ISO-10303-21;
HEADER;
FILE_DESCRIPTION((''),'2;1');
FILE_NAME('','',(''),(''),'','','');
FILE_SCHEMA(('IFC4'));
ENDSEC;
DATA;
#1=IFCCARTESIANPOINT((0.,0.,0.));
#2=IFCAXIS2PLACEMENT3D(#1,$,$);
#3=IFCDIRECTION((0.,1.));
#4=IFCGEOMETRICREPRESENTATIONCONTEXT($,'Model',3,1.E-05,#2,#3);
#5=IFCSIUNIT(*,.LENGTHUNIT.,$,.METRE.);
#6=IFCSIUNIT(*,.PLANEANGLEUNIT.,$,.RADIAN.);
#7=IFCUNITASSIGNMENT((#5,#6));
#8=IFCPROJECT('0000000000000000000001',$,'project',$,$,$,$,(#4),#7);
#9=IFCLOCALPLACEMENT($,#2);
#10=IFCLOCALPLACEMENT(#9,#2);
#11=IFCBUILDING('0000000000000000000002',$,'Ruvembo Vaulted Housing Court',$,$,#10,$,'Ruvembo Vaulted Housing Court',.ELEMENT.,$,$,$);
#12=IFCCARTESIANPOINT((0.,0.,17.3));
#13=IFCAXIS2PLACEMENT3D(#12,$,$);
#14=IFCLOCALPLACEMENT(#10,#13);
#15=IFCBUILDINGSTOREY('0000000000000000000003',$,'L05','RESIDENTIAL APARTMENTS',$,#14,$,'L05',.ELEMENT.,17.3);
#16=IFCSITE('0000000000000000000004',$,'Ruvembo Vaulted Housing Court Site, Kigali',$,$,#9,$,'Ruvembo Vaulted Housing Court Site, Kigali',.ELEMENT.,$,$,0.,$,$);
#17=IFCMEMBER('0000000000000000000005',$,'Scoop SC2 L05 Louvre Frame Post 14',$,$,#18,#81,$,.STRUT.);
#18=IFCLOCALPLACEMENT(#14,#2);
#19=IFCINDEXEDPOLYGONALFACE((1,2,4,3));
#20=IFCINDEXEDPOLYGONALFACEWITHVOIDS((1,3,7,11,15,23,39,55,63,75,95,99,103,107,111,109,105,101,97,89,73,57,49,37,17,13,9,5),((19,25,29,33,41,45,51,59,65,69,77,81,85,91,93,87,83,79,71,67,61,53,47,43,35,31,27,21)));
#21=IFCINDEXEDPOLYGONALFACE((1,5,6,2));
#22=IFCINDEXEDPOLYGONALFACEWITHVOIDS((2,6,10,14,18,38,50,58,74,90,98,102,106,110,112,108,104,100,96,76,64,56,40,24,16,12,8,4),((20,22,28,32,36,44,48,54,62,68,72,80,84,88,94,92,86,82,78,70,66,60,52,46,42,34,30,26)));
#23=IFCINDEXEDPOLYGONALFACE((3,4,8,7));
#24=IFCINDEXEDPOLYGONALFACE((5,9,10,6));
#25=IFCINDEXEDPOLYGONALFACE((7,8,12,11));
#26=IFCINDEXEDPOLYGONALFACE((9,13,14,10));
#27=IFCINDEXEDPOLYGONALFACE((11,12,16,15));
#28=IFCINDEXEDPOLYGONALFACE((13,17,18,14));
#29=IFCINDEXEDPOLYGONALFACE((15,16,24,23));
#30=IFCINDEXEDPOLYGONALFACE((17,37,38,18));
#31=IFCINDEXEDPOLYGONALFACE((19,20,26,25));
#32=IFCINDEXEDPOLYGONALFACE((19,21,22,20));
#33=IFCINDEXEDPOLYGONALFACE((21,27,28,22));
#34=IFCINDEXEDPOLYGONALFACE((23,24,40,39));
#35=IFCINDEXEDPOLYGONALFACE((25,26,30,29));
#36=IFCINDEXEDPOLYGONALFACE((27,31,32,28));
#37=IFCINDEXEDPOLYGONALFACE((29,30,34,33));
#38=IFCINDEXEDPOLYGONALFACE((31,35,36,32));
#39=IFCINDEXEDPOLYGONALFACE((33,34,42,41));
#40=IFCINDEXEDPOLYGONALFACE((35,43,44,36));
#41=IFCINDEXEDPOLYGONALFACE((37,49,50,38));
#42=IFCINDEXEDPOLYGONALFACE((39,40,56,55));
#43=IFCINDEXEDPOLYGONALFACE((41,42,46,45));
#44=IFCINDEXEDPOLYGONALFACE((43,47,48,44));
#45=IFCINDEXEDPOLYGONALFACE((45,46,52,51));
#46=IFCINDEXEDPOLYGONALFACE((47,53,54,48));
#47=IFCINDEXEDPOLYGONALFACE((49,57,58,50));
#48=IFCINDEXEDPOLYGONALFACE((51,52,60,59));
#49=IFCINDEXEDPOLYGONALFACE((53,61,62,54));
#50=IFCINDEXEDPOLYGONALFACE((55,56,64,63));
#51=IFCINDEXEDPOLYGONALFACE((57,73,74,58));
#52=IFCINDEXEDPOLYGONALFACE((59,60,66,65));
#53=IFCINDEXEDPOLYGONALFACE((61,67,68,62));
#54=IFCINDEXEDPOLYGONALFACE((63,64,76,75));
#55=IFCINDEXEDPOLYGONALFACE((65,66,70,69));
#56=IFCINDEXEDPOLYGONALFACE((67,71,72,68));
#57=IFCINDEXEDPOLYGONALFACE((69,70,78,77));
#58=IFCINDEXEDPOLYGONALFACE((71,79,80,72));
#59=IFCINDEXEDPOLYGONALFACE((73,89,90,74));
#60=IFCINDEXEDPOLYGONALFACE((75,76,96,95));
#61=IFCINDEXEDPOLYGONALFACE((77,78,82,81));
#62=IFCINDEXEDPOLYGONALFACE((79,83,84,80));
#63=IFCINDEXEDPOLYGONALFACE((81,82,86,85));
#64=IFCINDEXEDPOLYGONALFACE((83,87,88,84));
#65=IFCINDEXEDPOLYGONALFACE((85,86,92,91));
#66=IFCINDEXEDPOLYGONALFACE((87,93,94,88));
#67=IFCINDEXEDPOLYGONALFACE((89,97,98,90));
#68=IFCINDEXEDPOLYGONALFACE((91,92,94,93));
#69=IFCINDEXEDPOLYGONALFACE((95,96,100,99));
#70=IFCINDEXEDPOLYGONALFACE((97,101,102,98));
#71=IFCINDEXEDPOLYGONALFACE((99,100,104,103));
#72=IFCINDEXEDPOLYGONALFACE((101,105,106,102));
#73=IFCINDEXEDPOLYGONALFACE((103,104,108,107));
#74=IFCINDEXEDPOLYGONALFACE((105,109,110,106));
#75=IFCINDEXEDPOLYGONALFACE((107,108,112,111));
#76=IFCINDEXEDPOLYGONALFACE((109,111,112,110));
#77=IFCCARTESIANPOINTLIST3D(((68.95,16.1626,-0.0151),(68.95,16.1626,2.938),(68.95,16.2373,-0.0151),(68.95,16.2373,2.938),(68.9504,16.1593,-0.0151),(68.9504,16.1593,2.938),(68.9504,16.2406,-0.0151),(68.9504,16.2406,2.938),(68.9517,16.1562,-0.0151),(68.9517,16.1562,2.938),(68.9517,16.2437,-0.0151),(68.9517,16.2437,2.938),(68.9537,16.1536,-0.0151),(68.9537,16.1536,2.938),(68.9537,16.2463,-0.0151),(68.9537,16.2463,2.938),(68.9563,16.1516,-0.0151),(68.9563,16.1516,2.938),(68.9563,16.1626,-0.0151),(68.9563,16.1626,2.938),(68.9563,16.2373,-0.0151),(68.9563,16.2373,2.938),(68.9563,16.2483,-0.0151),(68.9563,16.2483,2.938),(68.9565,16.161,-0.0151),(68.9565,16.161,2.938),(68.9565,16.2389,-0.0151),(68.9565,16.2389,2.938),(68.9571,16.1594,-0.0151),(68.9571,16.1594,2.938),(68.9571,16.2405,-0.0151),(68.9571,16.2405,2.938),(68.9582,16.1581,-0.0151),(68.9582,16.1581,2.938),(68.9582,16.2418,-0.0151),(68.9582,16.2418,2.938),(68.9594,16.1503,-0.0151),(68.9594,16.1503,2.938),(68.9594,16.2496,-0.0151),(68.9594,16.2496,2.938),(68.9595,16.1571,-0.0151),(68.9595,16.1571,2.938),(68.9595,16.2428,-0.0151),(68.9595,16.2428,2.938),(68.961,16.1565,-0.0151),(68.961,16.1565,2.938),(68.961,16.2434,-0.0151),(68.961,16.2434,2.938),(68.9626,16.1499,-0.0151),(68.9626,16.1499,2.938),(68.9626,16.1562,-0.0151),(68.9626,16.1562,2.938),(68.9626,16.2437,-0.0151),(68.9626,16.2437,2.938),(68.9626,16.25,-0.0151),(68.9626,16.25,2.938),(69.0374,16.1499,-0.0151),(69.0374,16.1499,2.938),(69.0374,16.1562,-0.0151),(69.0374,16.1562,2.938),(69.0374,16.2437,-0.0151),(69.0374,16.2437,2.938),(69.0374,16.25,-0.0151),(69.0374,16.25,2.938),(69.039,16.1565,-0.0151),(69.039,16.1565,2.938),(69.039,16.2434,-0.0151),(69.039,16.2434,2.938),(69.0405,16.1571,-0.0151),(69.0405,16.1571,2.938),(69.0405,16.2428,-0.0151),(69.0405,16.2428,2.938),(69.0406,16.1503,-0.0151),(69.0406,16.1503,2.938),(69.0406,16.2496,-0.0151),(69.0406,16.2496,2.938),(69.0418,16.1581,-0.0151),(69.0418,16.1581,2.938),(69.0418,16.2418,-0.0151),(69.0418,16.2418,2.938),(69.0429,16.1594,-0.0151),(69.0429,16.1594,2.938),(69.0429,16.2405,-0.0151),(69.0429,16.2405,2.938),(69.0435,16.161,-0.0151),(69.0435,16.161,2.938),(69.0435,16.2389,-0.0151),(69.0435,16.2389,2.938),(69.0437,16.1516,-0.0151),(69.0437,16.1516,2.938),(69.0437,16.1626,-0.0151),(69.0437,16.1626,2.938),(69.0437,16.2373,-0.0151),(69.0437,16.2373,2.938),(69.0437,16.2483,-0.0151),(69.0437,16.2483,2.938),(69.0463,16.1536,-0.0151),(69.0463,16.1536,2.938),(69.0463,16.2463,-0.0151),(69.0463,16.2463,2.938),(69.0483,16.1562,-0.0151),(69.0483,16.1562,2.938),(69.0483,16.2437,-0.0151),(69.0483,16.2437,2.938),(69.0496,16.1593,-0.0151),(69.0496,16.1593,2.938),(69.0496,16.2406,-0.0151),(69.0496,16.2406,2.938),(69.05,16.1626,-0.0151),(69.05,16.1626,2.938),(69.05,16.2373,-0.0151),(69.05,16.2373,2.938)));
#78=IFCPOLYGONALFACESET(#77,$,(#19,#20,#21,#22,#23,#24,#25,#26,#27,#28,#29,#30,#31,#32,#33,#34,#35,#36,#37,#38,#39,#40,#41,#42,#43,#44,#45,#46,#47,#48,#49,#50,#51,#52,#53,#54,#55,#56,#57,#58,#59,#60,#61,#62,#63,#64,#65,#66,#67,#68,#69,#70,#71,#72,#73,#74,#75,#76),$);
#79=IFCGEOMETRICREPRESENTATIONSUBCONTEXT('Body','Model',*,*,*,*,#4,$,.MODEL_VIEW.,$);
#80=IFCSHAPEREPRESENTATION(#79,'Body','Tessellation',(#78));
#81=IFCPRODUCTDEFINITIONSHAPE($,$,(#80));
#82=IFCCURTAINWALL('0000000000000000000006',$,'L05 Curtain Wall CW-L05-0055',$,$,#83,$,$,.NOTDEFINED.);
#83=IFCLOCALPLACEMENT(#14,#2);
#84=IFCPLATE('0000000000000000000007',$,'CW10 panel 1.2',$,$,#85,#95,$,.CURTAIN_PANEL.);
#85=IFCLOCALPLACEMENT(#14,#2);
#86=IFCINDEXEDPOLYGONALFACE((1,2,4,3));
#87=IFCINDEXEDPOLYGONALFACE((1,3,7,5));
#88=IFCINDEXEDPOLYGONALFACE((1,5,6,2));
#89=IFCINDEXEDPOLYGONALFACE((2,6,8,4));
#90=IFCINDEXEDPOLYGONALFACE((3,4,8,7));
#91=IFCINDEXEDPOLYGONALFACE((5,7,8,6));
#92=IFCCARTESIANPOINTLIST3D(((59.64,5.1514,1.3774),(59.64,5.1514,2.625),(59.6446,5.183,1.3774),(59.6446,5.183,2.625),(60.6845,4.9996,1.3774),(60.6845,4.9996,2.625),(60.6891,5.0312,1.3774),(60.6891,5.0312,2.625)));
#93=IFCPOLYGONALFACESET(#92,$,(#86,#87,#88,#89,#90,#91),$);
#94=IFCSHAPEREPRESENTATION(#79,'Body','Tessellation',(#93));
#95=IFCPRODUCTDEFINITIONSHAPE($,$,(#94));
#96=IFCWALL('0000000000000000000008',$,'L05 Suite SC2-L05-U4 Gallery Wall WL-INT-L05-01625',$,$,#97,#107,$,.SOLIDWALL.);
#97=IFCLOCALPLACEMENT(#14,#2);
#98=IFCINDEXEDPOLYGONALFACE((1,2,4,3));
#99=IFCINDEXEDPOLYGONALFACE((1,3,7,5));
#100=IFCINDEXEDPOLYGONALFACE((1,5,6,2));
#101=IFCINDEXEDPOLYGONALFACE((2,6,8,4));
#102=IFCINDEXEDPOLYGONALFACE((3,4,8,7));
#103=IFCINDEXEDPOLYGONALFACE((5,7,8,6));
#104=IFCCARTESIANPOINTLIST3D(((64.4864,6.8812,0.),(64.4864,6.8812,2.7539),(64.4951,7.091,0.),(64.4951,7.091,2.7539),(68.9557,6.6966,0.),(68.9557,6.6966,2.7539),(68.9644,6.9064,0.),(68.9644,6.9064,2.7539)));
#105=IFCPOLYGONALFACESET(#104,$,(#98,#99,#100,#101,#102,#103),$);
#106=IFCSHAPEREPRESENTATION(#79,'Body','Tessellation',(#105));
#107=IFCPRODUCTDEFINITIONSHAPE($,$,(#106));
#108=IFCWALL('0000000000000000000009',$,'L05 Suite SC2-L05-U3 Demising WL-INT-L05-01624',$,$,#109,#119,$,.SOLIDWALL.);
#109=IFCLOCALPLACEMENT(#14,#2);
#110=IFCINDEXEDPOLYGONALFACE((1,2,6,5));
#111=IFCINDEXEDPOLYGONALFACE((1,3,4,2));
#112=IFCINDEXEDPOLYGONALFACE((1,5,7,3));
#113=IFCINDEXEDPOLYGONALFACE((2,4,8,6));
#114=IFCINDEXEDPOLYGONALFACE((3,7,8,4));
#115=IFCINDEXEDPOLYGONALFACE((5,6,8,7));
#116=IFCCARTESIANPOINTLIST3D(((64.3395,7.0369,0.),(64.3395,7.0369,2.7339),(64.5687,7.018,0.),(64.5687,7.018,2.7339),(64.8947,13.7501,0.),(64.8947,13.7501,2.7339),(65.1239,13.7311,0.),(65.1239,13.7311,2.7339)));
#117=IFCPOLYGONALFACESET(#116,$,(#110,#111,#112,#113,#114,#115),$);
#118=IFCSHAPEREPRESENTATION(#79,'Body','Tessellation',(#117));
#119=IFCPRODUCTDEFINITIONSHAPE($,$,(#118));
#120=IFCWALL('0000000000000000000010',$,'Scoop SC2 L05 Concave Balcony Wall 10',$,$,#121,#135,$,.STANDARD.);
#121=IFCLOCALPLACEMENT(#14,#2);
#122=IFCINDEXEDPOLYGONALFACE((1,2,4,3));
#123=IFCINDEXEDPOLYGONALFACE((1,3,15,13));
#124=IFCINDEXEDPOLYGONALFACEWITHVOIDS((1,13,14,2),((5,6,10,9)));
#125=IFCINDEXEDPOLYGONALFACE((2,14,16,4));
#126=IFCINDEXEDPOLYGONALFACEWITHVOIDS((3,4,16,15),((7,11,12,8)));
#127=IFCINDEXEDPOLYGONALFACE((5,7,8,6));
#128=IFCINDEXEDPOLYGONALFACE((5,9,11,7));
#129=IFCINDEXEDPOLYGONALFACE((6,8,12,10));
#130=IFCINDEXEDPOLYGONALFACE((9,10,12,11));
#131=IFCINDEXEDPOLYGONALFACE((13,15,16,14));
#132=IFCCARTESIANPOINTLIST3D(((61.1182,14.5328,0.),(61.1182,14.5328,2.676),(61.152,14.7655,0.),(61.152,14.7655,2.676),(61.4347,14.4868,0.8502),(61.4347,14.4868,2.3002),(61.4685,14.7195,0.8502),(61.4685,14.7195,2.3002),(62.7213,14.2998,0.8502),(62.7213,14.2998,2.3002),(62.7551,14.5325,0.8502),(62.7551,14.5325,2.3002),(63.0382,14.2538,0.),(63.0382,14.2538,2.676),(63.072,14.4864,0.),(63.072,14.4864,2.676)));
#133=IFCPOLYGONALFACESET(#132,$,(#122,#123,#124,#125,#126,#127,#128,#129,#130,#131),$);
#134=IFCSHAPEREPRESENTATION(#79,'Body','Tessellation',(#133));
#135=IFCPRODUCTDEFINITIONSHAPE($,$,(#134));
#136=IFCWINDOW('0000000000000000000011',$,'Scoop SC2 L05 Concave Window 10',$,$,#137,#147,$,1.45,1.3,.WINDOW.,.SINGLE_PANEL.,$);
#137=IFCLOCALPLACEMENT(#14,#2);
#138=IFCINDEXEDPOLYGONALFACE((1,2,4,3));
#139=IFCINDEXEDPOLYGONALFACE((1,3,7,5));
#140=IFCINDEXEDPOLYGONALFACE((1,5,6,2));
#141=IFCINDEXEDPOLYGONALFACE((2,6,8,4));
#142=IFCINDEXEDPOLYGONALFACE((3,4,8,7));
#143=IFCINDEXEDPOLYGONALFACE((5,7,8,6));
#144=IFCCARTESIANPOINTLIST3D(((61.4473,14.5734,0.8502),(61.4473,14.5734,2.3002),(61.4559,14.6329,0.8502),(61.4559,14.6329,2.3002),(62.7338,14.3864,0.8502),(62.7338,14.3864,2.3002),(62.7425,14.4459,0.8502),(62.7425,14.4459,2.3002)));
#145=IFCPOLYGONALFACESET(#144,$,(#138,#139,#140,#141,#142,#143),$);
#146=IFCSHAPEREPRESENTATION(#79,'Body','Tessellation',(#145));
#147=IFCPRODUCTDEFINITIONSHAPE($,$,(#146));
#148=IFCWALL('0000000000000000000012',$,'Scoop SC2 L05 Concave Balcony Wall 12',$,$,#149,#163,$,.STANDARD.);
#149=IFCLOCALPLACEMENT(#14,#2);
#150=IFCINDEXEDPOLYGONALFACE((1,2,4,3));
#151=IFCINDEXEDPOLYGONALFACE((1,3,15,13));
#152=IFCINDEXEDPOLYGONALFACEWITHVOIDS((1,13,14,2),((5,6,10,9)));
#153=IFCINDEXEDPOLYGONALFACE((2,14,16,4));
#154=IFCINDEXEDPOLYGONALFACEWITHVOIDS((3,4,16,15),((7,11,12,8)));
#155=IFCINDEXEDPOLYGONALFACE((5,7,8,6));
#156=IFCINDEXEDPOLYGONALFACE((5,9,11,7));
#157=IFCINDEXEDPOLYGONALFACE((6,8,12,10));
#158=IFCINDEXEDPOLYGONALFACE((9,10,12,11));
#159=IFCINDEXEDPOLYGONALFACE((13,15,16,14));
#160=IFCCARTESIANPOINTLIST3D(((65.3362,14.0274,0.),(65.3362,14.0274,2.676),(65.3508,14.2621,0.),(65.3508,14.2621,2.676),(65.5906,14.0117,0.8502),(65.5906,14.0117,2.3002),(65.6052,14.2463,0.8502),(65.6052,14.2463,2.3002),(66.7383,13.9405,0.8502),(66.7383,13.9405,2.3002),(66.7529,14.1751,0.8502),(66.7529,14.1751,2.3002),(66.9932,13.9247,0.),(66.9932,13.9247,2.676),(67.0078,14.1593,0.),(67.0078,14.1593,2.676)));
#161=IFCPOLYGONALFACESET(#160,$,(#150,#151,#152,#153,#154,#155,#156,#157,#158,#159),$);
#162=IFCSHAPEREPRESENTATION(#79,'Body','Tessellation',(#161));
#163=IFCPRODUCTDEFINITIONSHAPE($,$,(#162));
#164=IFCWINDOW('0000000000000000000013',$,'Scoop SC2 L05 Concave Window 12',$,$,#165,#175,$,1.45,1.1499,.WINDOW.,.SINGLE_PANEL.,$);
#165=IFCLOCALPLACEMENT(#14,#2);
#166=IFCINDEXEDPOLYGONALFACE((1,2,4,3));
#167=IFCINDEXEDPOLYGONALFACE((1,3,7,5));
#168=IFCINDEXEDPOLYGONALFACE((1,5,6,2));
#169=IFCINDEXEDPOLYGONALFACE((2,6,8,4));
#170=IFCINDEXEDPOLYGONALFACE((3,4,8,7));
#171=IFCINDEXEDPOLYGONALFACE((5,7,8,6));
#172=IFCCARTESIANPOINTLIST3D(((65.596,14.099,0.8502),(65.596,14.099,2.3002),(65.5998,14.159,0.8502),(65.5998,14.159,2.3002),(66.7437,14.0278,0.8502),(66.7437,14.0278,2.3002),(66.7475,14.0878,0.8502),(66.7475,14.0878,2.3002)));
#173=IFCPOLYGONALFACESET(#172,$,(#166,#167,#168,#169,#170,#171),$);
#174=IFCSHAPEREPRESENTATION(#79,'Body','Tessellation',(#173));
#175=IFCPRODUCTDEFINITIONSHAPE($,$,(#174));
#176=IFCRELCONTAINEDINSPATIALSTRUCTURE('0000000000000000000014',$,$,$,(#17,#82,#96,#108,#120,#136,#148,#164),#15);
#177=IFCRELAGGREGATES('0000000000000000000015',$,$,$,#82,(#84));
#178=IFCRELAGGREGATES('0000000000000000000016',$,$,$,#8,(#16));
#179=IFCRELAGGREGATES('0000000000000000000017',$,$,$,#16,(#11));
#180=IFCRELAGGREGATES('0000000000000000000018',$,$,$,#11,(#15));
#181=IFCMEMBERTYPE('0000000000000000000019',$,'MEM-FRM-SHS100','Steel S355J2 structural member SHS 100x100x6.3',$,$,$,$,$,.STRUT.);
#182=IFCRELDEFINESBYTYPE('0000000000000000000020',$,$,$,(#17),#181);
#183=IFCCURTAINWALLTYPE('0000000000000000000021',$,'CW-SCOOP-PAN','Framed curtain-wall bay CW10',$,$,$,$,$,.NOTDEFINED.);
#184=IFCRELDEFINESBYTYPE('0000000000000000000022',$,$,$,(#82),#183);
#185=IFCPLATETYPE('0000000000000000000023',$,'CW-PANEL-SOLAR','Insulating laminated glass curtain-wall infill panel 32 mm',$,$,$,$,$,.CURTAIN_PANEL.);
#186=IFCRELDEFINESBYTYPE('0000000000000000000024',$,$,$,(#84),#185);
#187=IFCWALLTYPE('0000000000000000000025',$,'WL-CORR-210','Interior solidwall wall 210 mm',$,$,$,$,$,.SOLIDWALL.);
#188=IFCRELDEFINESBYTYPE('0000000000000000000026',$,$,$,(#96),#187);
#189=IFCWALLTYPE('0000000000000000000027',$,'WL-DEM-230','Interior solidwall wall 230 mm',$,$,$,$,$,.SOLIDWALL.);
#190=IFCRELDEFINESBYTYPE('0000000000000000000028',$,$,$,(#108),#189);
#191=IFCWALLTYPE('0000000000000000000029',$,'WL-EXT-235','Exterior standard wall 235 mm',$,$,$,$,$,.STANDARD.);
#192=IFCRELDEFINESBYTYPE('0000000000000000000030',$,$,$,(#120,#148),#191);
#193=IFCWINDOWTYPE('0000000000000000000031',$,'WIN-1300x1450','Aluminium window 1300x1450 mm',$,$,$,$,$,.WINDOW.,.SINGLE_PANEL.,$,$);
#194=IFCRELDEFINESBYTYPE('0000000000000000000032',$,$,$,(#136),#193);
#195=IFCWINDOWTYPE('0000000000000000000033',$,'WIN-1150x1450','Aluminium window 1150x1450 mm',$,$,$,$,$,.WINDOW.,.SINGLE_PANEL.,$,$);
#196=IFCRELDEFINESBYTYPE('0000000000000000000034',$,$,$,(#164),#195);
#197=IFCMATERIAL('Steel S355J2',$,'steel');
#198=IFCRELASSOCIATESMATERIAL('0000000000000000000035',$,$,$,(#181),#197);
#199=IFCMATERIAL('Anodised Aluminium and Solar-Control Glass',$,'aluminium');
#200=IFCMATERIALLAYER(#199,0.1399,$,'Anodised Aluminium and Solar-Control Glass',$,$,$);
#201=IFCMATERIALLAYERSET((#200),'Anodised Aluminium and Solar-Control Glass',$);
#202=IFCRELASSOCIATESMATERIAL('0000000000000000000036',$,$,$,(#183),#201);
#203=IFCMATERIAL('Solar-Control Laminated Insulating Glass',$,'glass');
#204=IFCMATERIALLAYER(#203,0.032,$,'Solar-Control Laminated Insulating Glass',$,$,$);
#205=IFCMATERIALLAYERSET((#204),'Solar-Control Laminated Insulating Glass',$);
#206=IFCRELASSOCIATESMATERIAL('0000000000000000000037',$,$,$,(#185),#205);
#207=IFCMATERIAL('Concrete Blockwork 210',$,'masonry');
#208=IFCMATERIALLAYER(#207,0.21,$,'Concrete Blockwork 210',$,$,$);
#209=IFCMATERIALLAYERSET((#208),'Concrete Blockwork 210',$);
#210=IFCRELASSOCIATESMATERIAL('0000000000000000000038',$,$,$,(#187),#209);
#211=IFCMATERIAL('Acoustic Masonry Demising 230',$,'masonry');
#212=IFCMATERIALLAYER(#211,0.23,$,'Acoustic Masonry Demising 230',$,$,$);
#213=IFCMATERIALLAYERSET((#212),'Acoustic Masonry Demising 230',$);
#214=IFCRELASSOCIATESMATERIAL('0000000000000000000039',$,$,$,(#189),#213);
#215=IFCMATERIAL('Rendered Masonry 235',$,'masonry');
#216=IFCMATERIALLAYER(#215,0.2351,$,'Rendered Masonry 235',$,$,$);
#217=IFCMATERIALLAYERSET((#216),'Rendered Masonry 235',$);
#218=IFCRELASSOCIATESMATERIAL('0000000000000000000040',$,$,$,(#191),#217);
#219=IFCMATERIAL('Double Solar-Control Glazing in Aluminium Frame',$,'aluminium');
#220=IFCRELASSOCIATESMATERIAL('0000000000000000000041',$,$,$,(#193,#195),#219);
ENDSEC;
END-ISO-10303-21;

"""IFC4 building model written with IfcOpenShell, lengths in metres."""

from ifc_helpers import new_model, si_unit, direction, frame, frame_2d, origin, origin_2d, place, context, subcontext, project, spatial, rectangle, hollow_rectangle, extrude, material, layer, layer_set, material_profile, profile_set, type_object, element, fill, aggregate, save


model = new_model("IFC4")

# Units and contexts
model_context = context("Model", 3, precision=1e-05, world=origin(), true_north=direction((0.0, 1.0)))
body_context = subcontext(model_context, "Body", "Model", "MODEL_VIEW")
ifc_project = project(units=[si_unit("LENGTHUNIT", "METRE"), si_unit("PLANEANGLEUNIT", "RADIAN")], contexts=[model_context])

# Site, building, storey
site_placement = place(None, origin())
site = spatial("IfcSite", under=ifc_project, at=site_placement, Name="Ruvembo Vaulted Housing Court Site, Kigali", LongName="Ruvembo Vaulted Housing Court Site, Kigali", CompositionType="ELEMENT", RefElevation=0.0)
building_placement = place(site_placement, origin())
building = spatial("IfcBuilding", under=site, at=building_placement, Name="Ruvembo Vaulted Housing Court", LongName="Ruvembo Vaulted Housing Court", CompositionType="ELEMENT")
storey_placement = place(building_placement, frame((0.0, 0.0, 17.3)))
storey = spatial("IfcBuildingStorey", under=building, at=storey_placement, Name="L05", Description="RESIDENTIAL APARTMENTS", LongName="L05", CompositionType="ELEMENT", Elevation=17.3)

# Shared definitions
ifc_material_1 = material(Name="Steel S355J2", Category="steel")

# Member
ifc_material_profile_1 = material_profile(ifc_material_1, hollow_rectangle(XDim=0.1001, YDim=0.1001, WallThickness=0.0063, InnerFilletRadius=0.0063, OuterFilletRadius=0.0127, at=origin_2d()), Name="SHS 100x100x6.3")
ifc_profile_set_1 = profile_set([ifc_material_profile_1], Name="Steel S355J2")
member_type = type_object("IfcMemberType", Name="MEM-FRM-SHS100", Description="Steel S355J2 structural member SHS 100x100x6.3", PredefinedType="STRUT", material=ifc_profile_set_1)
member_placement = place(storey_placement, frame((69.0, 16.2, -0.0151), z_axis=(0.0, 0.0, 1.0), x_axis=(1.0, 0.0, 0.0)))
element("IfcMember", 1, at=member_placement, inside=storey, type_object=member_type, Name="Scoop SC2 L05 Louvre Frame Post 14", PredefinedType="STRUT", context=body_context, shape_type="SweptSolid", body=[
    extrude(hollow_rectangle(XDim=0.1001, YDim=0.1001, WallThickness=0.0063, InnerFilletRadius=0.0063, OuterFilletRadius=0.0127, at=origin_2d()), origin(), (0.0, 0.0, 1.0), 2.9531),
])

# Curtain wall, plate
ifc_material_2 = material(Name="Anodised Aluminium and Solar-Control Glass", Category="aluminium")
ifc_layer_1 = layer(ifc_material_2, 0.1399, Name="Anodised Aluminium and Solar-Control Glass")
ifc_layer_set_1 = layer_set([ifc_layer_1], Name="Anodised Aluminium and Solar-Control Glass")
curtain_wall_type = type_object("IfcCurtainWallType", Name="CW-SCOOP-PAN", Description="Framed curtain-wall bay CW10", PredefinedType="NOTDEFINED", material=ifc_layer_set_1)
curtain_wall_placement = place(storey_placement, origin())
curtain_wall = element("IfcCurtainWall", 2, at=curtain_wall_placement, inside=storey, type_object=curtain_wall_type, Name="L05 Curtain Wall CW-L05-0055", PredefinedType="NOTDEFINED")
ifc_material_3 = material(Name="Solar-Control Laminated Insulating Glass", Category="glass")
ifc_layer_2 = layer(ifc_material_3, 0.032, Name="Solar-Control Laminated Insulating Glass")
ifc_layer_set_2 = layer_set([ifc_layer_2], Name="Solar-Control Laminated Insulating Glass")
plate_type = type_object("IfcPlateType", Name="CW-PANEL-SOLAR", Description="Insulating laminated glass curtain-wall infill panel 32 mm", PredefinedType="CURTAIN_PANEL", material=ifc_layer_set_2)
plate_placement = place(storey_placement, frame((60.1646, 5.0913, 1.3774), z_axis=(0.0, 0.0, 1.0), x_axis=(0.989599, -0.143851, 0.0)))
plate = element("IfcPlate", 3, at=plate_placement, type_object=plate_type, Name="CW10 panel 1.2", PredefinedType="CURTAIN_PANEL", context=body_context, shape_type="SweptSolid", body=[
    extrude(rectangle(XDim=1.0554, YDim=0.032, at=origin_2d()), origin(), (0.0, 0.0, 1.0), 1.2476),
])
aggregate(curtain_wall, [plate])

# Walls
ifc_material_4 = material(Name="Concrete Blockwork 210", Category="masonry")
ifc_layer_3 = layer(ifc_material_4, 0.21, Name="Concrete Blockwork 210")
ifc_layer_set_3 = layer_set([ifc_layer_3], Name="Concrete Blockwork 210")
wall_type_1 = type_object("IfcWallType", Name="WL-CORR-210", Description="Interior solidwall wall 210 mm", PredefinedType="SOLIDWALL", material=ifc_layer_set_3)
wall_1_placement = place(storey_placement, frame((64.4907, 6.9861, 0.0), z_axis=(0.0, 0.0, 1.0), x_axis=(0.999148, -0.041263, 0.0)))
element("IfcWall", 4, at=wall_1_placement, inside=storey, type_object=wall_type_1, Name="L05 Suite SC2-L05-U4 Gallery Wall WL-INT-L05-01625", PredefinedType="SOLIDWALL", context=body_context, shape_type="SweptSolid", body=[
    extrude(rectangle(XDim=4.4731, YDim=0.21, at=frame_2d((2.2366, 0.0))), origin(), (0.0, 0.0, 1.0), 2.7539),
])
ifc_material_5 = material(Name="Acoustic Masonry Demising 230", Category="masonry")
ifc_layer_4 = layer(ifc_material_5, 0.23, Name="Acoustic Masonry Demising 230")
ifc_layer_set_4 = layer_set([ifc_layer_4], Name="Acoustic Masonry Demising 230")
wall_type_2 = type_object("IfcWallType", Name="WL-DEM-230", Description="Interior solidwall wall 230 mm", PredefinedType="SOLIDWALL", material=ifc_layer_set_4)
wall_2_placement = place(storey_placement, frame((65.0093, 13.7407, 0.0), z_axis=(0.0, 0.0, 1.0), x_axis=(-0.082419, -0.996598, 0.0)))
element("IfcWall", 5, at=wall_2_placement, inside=storey, type_object=wall_type_2, Name="L05 Suite SC2-L05-U3 Demising WL-INT-L05-01624", PredefinedType="SOLIDWALL", context=body_context, shape_type="SweptSolid", body=[
    extrude(rectangle(XDim=6.7361, YDim=0.23, at=frame_2d((3.3682, 0.0))), origin(), (0.0, 0.0, 1.0), 2.7339),
])

# Wall, opening, window
ifc_material_6 = material(Name="Rendered Masonry 235", Category="masonry")
ifc_layer_5 = layer(ifc_material_6, 0.2351, Name="Rendered Masonry 235")
ifc_layer_set_5 = layer_set([ifc_layer_5], Name="Rendered Masonry 235")
wall_type_3 = type_object("IfcWallType", Name="WL-EXT-235", Description="Exterior standard wall 235 mm", PredefinedType="STANDARD", material=ifc_layer_set_5)
wall_3_placement = place(storey_placement, frame((61.135, 14.6492, 0.0), z_axis=(0.0, 0.0, 1.0), x_axis=(0.989602, -0.143835, 0.0)))
wall_3 = element("IfcWall", 6, at=wall_3_placement, inside=storey, type_object=wall_type_3, Name="Scoop SC2 L05 Concave Balcony Wall 10", PredefinedType="STANDARD", context=body_context, shape_type="SweptSolid", body=[
    extrude(rectangle(XDim=1.9402, YDim=0.2351, at=frame_2d((0.9702, 0.0))), origin(), (0.0, 0.0, 1.0), 2.676),
])
opening_1_placement = place(wall_3_placement, frame((0.3201, 0.0, 0.8501)))
opening_1 = element("IfcOpeningElement", 7, at=opening_1_placement, cuts=wall_3, PredefinedType="OPENING", context=body_context, shape_type="SweptSolid", body=[
    extrude(rectangle(XDim=1.3, YDim=1.45, at=frame_2d((0.6499, 0.7251))), frame((0.0, 0.1274, 0.0), z_axis=(0.0, -1.0, 0.0), x_axis=(1.0, 0.0, 0.0)), (0.0, 0.0, 1.0), 0.2551),
])
ifc_material_7 = material(Name="Double Solar-Control Glazing in Aluminium Frame", Category="aluminium")
window_type_1 = type_object("IfcWindowType", Name="WIN-1300x1450", Description="Aluminium window 1300x1450 mm", PartitioningType="SINGLE_PANEL", PredefinedType="WINDOW", material=ifc_material_7)
window_1_placement = place(opening_1_placement, origin())
window_1 = element("IfcWindow", 8, at=window_1_placement, inside=storey, type_object=window_type_1, Name="Scoop SC2 L05 Concave Window 10", OverallHeight=1.45, OverallWidth=1.3, PartitioningType="SINGLE_PANEL", PredefinedType="WINDOW", context=body_context, shape_type="SweptSolid", body=[
    extrude(rectangle(XDim=1.3, YDim=1.45, at=frame_2d((0.6499, 0.7251))), frame((0.0, 0.03, 0.0), z_axis=(0.0, -1.0, 0.0), x_axis=(1.0, 0.0, 0.0)), (0.0, 0.0, 1.0), 0.0601),
])
fill(opening_1, window_1)

# Wall, opening, window
wall_4_placement = place(storey_placement, frame((65.3435, 14.1448, 0.0), z_axis=(0.0, 0.0, 1.0), x_axis=(0.998082, -0.061911, 0.0)))
wall_4 = element("IfcWall", 9, at=wall_4_placement, inside=storey, type_object=wall_type_3, Name="Scoop SC2 L05 Concave Balcony Wall 12", PredefinedType="STANDARD", context=body_context, shape_type="SweptSolid", body=[
    extrude(rectangle(XDim=1.6602, YDim=0.2351, at=frame_2d((0.8301, 0.0))), origin(), (0.0, 0.0, 1.0), 2.676),
])
opening_2_placement = place(wall_4_placement, frame((0.2549, 0.0, 0.8501)))
opening_2 = element("IfcOpeningElement", 10, at=opening_2_placement, cuts=wall_4, PredefinedType="OPENING", context=body_context, shape_type="SweptSolid", body=[
    extrude(rectangle(XDim=1.1499, YDim=1.45, at=frame_2d((0.575, 0.7251))), frame((0.0, 0.1274, 0.0), z_axis=(0.0, -1.0, 0.0), x_axis=(1.0, 0.0, 0.0)), (0.0, 0.0, 1.0), 0.2551),
])
window_type_2 = type_object("IfcWindowType", Name="WIN-1150x1450", Description="Aluminium window 1150x1450 mm", PartitioningType="SINGLE_PANEL", PredefinedType="WINDOW", material=ifc_material_7)
window_2_placement = place(opening_2_placement, origin())
window_2 = element("IfcWindow", 11, at=window_2_placement, inside=storey, type_object=window_type_2, Name="Scoop SC2 L05 Concave Window 12", OverallHeight=1.45, OverallWidth=1.1499, PartitioningType="SINGLE_PANEL", PredefinedType="WINDOW", context=body_context, shape_type="SweptSolid", body=[
    extrude(rectangle(XDim=1.1499, YDim=1.45, at=frame_2d((0.575, 0.7251))), frame((0.0, 0.03, 0.0), z_axis=(0.0, -1.0, 0.0), x_axis=(1.0, 0.0, 0.0)), (0.0, 0.0, 1.0), 0.0601),
])
fill(opening_2, window_2)

save(model, "model.ifc")
